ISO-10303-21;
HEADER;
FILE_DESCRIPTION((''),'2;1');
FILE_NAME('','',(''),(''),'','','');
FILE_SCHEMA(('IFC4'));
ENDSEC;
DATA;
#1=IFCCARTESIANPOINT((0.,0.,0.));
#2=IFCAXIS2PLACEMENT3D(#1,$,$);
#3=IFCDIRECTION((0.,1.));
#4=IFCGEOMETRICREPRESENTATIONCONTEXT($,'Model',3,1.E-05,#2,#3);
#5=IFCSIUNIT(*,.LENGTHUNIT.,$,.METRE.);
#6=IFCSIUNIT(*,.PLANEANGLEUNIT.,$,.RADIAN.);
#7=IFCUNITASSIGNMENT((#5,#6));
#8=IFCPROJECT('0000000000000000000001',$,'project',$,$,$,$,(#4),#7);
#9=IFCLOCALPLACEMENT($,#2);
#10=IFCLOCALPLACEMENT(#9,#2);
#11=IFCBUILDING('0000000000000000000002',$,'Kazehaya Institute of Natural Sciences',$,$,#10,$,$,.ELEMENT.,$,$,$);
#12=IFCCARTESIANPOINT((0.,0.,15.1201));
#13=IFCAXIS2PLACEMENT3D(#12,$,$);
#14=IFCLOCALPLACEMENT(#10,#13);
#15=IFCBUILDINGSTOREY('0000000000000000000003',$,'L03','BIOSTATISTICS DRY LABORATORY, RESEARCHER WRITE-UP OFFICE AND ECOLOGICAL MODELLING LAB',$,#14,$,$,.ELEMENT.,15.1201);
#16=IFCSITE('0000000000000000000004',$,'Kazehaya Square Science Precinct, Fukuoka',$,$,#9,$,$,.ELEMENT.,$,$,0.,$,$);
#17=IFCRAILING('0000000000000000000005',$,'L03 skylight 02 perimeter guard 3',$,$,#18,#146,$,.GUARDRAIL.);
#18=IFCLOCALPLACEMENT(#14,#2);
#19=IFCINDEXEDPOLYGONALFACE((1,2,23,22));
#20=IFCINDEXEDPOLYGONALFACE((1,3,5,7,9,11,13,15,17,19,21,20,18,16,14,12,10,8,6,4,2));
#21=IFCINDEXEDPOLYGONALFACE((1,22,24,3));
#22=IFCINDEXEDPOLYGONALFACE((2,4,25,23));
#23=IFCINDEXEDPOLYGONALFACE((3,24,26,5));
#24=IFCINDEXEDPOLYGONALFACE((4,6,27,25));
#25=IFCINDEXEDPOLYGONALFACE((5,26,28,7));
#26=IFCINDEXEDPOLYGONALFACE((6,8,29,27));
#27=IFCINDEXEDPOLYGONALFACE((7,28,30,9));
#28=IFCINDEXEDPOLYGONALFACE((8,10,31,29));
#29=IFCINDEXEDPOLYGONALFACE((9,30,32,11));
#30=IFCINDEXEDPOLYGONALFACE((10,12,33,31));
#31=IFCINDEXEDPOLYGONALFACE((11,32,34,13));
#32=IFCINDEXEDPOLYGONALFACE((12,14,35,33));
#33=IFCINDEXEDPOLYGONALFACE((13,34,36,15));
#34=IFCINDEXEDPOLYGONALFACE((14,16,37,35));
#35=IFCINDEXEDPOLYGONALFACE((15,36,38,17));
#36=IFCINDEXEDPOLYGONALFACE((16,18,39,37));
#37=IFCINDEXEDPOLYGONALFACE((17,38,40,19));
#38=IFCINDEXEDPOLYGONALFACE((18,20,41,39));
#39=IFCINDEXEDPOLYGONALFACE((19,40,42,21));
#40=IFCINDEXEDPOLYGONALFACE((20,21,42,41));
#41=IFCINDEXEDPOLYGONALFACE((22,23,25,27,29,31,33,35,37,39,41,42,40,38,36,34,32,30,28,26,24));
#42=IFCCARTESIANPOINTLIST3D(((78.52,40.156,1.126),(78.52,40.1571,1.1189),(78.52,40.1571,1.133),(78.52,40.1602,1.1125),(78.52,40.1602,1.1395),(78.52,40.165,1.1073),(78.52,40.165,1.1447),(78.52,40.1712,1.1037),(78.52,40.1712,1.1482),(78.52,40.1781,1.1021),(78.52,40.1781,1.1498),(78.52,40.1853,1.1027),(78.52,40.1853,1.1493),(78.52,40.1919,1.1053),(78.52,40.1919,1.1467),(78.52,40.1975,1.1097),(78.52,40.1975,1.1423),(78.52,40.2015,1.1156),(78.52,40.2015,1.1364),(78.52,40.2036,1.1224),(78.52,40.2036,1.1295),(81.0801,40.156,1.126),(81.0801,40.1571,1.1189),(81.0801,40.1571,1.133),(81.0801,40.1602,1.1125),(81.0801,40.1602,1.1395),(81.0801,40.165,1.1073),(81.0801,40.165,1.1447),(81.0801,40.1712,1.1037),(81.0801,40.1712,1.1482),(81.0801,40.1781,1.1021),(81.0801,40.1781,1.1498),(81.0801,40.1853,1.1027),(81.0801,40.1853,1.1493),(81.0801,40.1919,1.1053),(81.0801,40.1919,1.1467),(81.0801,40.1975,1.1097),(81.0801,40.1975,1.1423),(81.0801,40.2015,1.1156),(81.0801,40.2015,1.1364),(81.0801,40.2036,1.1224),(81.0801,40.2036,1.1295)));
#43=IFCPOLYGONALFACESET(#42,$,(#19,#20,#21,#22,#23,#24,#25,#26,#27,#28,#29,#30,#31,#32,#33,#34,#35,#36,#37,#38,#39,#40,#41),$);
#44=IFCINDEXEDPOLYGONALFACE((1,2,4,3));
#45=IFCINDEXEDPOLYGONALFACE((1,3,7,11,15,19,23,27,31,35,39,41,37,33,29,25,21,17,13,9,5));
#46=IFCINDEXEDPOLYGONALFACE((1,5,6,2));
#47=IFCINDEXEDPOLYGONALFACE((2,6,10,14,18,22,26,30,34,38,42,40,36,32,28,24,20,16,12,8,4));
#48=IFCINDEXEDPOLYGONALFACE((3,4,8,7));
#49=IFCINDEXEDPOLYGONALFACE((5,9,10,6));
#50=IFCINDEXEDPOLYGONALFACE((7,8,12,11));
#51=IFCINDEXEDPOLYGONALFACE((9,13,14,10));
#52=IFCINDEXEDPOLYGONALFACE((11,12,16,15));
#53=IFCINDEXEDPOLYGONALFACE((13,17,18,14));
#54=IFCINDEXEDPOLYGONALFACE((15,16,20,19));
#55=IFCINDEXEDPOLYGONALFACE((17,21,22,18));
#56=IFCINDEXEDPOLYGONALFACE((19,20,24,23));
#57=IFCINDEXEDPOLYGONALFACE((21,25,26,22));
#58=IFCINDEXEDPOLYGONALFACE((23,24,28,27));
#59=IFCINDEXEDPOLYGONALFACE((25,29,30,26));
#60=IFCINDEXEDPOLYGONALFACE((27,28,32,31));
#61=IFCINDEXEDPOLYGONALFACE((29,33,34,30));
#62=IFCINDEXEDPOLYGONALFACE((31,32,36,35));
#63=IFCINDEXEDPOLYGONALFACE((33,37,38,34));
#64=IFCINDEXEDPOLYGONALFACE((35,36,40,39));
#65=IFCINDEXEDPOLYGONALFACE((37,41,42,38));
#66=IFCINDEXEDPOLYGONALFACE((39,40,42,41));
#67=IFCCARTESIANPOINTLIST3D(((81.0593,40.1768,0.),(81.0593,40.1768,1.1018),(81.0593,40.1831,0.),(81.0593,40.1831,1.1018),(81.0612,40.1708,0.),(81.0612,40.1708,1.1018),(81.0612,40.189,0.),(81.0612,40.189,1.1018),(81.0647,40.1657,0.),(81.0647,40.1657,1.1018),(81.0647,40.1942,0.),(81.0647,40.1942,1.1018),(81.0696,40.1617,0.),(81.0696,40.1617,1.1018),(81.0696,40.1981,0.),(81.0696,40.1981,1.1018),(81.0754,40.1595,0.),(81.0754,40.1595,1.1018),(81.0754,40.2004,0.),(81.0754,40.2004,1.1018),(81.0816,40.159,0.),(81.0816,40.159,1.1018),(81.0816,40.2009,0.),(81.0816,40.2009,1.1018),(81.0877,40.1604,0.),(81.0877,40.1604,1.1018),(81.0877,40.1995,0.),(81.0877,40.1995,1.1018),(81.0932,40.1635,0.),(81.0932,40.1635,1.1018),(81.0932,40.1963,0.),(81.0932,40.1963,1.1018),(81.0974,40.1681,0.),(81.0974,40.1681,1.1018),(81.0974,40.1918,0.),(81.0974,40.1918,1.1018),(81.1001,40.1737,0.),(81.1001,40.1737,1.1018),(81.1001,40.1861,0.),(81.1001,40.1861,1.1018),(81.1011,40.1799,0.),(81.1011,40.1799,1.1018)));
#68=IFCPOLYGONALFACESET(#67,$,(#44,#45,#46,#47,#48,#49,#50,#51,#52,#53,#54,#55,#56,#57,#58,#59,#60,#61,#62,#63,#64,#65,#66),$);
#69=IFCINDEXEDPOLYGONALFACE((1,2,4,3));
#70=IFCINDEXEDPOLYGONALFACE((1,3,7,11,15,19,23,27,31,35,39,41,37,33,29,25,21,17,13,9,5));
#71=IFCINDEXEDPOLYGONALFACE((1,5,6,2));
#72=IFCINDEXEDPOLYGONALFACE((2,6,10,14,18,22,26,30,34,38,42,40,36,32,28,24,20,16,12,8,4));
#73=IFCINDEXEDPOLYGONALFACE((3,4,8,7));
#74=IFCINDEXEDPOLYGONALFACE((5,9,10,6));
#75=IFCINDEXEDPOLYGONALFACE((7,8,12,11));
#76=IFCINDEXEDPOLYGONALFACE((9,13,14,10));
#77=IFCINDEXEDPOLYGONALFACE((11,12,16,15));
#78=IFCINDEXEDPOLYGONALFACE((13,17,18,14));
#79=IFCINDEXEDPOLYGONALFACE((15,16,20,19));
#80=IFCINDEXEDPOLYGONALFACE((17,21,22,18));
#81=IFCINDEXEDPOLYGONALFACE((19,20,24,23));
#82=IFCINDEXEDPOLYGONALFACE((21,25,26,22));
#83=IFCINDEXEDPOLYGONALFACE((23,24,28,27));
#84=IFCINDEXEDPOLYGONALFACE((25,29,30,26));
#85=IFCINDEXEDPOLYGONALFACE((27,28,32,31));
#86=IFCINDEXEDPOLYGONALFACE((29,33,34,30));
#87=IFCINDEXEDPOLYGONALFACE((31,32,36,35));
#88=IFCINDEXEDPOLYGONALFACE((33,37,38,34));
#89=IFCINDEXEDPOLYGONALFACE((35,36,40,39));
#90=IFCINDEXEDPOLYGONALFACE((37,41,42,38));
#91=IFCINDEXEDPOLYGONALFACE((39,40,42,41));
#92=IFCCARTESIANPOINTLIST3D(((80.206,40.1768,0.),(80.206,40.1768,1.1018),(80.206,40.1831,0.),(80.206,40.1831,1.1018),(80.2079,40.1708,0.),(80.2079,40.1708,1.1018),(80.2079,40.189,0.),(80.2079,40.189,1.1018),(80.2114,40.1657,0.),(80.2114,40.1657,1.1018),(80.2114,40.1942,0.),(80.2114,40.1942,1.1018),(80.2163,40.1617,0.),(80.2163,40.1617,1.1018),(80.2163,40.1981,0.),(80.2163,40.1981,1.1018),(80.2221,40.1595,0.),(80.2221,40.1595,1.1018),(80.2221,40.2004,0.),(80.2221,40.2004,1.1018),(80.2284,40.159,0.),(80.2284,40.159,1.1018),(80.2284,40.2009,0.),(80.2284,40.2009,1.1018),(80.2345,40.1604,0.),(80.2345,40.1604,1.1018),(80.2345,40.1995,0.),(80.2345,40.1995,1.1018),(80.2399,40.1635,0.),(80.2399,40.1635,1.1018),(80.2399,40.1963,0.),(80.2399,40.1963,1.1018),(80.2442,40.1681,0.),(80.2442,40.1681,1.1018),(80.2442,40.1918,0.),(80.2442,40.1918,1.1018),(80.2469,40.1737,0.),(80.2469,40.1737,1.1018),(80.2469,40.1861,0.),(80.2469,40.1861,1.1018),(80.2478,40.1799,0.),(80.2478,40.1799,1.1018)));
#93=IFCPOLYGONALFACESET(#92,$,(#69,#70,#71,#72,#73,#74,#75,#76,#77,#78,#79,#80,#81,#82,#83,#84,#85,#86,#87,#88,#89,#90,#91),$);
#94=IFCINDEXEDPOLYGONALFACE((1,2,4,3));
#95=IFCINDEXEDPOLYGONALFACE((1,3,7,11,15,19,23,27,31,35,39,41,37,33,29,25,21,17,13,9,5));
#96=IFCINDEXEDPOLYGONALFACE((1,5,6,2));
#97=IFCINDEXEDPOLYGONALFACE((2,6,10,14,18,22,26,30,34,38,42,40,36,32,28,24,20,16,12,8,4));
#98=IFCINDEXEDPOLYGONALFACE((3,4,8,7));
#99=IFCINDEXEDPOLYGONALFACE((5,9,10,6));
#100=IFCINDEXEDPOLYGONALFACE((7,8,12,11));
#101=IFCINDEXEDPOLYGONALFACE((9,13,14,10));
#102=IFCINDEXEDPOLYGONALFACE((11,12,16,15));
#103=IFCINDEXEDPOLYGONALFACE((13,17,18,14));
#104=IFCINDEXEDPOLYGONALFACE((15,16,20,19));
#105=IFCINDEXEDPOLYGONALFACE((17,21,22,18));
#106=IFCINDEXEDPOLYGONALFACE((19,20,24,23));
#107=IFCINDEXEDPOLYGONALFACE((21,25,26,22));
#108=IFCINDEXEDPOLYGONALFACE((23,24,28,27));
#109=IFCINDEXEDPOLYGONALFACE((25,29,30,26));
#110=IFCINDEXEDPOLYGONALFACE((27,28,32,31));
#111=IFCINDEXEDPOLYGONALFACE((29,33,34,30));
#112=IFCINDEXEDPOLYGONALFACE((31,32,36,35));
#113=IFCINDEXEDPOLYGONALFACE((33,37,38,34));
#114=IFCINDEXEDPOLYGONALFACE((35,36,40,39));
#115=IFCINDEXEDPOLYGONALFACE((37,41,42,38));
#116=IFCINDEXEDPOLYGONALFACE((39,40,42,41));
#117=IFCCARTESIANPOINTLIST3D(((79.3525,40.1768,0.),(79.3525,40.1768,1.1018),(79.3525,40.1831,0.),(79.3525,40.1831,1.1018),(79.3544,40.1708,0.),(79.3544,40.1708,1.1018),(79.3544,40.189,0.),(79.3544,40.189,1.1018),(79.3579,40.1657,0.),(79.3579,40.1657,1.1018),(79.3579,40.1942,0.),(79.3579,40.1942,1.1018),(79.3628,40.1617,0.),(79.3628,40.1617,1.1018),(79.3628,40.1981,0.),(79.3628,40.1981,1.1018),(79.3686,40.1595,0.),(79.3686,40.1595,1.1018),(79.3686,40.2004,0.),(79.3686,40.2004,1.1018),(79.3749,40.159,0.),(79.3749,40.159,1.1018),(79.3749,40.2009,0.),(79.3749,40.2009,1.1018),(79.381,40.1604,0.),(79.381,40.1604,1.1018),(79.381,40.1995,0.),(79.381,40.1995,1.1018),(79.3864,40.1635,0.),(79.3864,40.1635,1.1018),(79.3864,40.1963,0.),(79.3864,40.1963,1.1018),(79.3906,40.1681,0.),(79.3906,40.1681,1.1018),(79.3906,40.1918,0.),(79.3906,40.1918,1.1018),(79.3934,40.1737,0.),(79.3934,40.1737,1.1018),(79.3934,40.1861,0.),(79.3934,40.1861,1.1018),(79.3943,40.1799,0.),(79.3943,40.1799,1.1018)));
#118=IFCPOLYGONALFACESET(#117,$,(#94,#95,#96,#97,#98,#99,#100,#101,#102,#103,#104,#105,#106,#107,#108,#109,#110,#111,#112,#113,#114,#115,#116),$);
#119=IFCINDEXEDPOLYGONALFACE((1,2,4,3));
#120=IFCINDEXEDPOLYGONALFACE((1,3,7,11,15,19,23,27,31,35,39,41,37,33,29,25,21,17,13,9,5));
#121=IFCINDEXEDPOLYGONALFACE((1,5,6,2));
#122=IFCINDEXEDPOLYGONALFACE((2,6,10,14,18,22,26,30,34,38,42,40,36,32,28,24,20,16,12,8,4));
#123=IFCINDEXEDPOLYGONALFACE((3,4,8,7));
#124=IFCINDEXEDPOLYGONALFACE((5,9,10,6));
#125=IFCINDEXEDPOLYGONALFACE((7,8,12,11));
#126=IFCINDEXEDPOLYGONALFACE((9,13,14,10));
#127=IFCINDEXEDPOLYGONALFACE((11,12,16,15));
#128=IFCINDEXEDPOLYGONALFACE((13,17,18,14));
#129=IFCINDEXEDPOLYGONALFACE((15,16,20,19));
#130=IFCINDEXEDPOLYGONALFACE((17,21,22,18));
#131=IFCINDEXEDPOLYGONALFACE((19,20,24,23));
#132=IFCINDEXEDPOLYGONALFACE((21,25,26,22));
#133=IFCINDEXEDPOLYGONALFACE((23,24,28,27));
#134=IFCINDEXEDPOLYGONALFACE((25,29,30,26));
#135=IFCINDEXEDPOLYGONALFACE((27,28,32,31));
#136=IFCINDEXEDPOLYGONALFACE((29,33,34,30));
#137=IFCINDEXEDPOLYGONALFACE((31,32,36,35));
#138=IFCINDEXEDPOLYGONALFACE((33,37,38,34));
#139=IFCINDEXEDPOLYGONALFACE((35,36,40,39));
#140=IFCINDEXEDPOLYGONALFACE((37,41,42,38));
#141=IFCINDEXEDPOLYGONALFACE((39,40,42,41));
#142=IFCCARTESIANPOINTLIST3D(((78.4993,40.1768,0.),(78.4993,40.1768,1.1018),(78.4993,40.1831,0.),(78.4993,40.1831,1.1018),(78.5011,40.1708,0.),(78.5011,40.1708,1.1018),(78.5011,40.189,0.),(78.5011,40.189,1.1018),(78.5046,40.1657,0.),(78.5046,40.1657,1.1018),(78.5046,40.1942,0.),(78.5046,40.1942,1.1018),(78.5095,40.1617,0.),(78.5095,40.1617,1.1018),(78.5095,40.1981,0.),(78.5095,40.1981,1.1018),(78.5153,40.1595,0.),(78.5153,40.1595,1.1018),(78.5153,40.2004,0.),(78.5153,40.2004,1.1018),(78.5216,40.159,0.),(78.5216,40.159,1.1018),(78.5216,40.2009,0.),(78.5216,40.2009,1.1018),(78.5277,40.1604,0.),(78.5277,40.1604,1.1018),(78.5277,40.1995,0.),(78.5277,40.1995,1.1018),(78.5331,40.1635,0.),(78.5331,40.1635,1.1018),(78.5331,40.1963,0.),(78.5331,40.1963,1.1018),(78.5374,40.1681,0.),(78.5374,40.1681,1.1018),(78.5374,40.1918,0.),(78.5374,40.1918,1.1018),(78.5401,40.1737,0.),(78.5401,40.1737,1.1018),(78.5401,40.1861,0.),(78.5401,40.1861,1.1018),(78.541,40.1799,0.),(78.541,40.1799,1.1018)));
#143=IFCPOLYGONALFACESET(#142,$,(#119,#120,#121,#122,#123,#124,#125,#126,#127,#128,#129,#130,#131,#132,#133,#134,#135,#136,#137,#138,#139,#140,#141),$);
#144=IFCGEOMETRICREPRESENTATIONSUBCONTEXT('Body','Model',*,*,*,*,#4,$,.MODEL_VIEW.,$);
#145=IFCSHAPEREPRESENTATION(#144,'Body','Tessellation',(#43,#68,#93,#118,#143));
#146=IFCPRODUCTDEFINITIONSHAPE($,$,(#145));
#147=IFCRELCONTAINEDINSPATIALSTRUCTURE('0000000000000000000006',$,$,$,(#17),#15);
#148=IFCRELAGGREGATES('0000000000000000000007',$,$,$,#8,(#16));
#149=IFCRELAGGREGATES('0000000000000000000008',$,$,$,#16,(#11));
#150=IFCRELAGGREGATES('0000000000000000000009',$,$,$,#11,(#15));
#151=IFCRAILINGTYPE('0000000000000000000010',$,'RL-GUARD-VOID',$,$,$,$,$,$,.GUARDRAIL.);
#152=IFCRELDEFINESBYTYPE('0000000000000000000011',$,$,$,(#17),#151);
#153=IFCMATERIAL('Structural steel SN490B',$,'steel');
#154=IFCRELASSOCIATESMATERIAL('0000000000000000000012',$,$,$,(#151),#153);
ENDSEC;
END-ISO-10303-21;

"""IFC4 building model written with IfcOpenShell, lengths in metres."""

from ifc_helpers import new_model, si_unit, direction, frame, origin, origin_2d, place, context, subcontext, project, spatial, circle, extrude, material, type_object, element, save


model = new_model("IFC4")

# Units and contexts
model_context = context("Model", 3, precision=1e-05, world=origin(), true_north=direction((0.0, 1.0)))
body_context = subcontext(model_context, "Body", "Model", "MODEL_VIEW")
ifc_project = project(units=[si_unit("LENGTHUNIT", "METRE"), si_unit("PLANEANGLEUNIT", "RADIAN")], contexts=[model_context])

# Site, building, storey
site_placement = place(None, origin())
site = spatial("IfcSite", under=ifc_project, at=site_placement, Name="Kazehaya Square Science Precinct, Fukuoka", CompositionType="ELEMENT", RefElevation=0.0)
building_placement = place(site_placement, origin())
building = spatial("IfcBuilding", under=site, at=building_placement, Name="Kazehaya Institute of Natural Sciences", CompositionType="ELEMENT")
storey_placement = place(building_placement, frame((0.0, 0.0, 15.1201)))
storey = spatial("IfcBuildingStorey", under=building, at=storey_placement, Name="L03", Description="BIOSTATISTICS DRY LABORATORY, RESEARCHER WRITE-UP OFFICE AND ECOLOGICAL MODELLING LAB", CompositionType="ELEMENT", Elevation=15.1201)

# Railing
ifc_material_1 = material(Name="Structural steel SN490B", Category="steel")
railing_type = type_object("IfcRailingType", Name="RL-GUARD-VOID", PredefinedType="GUARDRAIL", material=ifc_material_1)
railing_1_placement = place(storey_placement, frame((81.0801, 40.1799, 0.0)))
element("IfcRailing", 1, at=railing_1_placement, inside=storey, type_object=railing_type, Name="L03 skylight 02 perimeter guard 3", PredefinedType="GUARDRAIL", context=body_context, shape_type="SweptSolid", body=[
    extrude(circle(Radius=0.0239, at=origin_2d()), frame((0.0, 0.0, 1.126), z_axis=(-1.0, 0.0, 0.0), x_axis=(0.0, -1.0, 0.0)), (0.0, 0.0, 1.0), 2.5601),
    extrude(circle(Radius=0.021, at=origin_2d()), origin(), (0.0, 0.0, 1.0), 1.1018),
    extrude(circle(Radius=0.021, at=origin_2d()), frame((-0.8533, 0.0, 0.0)), (0.0, 0.0, 1.0), 1.1018),
    extrude(circle(Radius=0.021, at=origin_2d()), frame((-1.7068, 0.0, 0.0)), (0.0, 0.0, 1.0), 1.1018),
    extrude(circle(Radius=0.021, at=origin_2d()), frame((-2.5601, 0.0, 0.0)), (0.0, 0.0, 1.0), 1.1018),
])

save(model, "model.ifc")
